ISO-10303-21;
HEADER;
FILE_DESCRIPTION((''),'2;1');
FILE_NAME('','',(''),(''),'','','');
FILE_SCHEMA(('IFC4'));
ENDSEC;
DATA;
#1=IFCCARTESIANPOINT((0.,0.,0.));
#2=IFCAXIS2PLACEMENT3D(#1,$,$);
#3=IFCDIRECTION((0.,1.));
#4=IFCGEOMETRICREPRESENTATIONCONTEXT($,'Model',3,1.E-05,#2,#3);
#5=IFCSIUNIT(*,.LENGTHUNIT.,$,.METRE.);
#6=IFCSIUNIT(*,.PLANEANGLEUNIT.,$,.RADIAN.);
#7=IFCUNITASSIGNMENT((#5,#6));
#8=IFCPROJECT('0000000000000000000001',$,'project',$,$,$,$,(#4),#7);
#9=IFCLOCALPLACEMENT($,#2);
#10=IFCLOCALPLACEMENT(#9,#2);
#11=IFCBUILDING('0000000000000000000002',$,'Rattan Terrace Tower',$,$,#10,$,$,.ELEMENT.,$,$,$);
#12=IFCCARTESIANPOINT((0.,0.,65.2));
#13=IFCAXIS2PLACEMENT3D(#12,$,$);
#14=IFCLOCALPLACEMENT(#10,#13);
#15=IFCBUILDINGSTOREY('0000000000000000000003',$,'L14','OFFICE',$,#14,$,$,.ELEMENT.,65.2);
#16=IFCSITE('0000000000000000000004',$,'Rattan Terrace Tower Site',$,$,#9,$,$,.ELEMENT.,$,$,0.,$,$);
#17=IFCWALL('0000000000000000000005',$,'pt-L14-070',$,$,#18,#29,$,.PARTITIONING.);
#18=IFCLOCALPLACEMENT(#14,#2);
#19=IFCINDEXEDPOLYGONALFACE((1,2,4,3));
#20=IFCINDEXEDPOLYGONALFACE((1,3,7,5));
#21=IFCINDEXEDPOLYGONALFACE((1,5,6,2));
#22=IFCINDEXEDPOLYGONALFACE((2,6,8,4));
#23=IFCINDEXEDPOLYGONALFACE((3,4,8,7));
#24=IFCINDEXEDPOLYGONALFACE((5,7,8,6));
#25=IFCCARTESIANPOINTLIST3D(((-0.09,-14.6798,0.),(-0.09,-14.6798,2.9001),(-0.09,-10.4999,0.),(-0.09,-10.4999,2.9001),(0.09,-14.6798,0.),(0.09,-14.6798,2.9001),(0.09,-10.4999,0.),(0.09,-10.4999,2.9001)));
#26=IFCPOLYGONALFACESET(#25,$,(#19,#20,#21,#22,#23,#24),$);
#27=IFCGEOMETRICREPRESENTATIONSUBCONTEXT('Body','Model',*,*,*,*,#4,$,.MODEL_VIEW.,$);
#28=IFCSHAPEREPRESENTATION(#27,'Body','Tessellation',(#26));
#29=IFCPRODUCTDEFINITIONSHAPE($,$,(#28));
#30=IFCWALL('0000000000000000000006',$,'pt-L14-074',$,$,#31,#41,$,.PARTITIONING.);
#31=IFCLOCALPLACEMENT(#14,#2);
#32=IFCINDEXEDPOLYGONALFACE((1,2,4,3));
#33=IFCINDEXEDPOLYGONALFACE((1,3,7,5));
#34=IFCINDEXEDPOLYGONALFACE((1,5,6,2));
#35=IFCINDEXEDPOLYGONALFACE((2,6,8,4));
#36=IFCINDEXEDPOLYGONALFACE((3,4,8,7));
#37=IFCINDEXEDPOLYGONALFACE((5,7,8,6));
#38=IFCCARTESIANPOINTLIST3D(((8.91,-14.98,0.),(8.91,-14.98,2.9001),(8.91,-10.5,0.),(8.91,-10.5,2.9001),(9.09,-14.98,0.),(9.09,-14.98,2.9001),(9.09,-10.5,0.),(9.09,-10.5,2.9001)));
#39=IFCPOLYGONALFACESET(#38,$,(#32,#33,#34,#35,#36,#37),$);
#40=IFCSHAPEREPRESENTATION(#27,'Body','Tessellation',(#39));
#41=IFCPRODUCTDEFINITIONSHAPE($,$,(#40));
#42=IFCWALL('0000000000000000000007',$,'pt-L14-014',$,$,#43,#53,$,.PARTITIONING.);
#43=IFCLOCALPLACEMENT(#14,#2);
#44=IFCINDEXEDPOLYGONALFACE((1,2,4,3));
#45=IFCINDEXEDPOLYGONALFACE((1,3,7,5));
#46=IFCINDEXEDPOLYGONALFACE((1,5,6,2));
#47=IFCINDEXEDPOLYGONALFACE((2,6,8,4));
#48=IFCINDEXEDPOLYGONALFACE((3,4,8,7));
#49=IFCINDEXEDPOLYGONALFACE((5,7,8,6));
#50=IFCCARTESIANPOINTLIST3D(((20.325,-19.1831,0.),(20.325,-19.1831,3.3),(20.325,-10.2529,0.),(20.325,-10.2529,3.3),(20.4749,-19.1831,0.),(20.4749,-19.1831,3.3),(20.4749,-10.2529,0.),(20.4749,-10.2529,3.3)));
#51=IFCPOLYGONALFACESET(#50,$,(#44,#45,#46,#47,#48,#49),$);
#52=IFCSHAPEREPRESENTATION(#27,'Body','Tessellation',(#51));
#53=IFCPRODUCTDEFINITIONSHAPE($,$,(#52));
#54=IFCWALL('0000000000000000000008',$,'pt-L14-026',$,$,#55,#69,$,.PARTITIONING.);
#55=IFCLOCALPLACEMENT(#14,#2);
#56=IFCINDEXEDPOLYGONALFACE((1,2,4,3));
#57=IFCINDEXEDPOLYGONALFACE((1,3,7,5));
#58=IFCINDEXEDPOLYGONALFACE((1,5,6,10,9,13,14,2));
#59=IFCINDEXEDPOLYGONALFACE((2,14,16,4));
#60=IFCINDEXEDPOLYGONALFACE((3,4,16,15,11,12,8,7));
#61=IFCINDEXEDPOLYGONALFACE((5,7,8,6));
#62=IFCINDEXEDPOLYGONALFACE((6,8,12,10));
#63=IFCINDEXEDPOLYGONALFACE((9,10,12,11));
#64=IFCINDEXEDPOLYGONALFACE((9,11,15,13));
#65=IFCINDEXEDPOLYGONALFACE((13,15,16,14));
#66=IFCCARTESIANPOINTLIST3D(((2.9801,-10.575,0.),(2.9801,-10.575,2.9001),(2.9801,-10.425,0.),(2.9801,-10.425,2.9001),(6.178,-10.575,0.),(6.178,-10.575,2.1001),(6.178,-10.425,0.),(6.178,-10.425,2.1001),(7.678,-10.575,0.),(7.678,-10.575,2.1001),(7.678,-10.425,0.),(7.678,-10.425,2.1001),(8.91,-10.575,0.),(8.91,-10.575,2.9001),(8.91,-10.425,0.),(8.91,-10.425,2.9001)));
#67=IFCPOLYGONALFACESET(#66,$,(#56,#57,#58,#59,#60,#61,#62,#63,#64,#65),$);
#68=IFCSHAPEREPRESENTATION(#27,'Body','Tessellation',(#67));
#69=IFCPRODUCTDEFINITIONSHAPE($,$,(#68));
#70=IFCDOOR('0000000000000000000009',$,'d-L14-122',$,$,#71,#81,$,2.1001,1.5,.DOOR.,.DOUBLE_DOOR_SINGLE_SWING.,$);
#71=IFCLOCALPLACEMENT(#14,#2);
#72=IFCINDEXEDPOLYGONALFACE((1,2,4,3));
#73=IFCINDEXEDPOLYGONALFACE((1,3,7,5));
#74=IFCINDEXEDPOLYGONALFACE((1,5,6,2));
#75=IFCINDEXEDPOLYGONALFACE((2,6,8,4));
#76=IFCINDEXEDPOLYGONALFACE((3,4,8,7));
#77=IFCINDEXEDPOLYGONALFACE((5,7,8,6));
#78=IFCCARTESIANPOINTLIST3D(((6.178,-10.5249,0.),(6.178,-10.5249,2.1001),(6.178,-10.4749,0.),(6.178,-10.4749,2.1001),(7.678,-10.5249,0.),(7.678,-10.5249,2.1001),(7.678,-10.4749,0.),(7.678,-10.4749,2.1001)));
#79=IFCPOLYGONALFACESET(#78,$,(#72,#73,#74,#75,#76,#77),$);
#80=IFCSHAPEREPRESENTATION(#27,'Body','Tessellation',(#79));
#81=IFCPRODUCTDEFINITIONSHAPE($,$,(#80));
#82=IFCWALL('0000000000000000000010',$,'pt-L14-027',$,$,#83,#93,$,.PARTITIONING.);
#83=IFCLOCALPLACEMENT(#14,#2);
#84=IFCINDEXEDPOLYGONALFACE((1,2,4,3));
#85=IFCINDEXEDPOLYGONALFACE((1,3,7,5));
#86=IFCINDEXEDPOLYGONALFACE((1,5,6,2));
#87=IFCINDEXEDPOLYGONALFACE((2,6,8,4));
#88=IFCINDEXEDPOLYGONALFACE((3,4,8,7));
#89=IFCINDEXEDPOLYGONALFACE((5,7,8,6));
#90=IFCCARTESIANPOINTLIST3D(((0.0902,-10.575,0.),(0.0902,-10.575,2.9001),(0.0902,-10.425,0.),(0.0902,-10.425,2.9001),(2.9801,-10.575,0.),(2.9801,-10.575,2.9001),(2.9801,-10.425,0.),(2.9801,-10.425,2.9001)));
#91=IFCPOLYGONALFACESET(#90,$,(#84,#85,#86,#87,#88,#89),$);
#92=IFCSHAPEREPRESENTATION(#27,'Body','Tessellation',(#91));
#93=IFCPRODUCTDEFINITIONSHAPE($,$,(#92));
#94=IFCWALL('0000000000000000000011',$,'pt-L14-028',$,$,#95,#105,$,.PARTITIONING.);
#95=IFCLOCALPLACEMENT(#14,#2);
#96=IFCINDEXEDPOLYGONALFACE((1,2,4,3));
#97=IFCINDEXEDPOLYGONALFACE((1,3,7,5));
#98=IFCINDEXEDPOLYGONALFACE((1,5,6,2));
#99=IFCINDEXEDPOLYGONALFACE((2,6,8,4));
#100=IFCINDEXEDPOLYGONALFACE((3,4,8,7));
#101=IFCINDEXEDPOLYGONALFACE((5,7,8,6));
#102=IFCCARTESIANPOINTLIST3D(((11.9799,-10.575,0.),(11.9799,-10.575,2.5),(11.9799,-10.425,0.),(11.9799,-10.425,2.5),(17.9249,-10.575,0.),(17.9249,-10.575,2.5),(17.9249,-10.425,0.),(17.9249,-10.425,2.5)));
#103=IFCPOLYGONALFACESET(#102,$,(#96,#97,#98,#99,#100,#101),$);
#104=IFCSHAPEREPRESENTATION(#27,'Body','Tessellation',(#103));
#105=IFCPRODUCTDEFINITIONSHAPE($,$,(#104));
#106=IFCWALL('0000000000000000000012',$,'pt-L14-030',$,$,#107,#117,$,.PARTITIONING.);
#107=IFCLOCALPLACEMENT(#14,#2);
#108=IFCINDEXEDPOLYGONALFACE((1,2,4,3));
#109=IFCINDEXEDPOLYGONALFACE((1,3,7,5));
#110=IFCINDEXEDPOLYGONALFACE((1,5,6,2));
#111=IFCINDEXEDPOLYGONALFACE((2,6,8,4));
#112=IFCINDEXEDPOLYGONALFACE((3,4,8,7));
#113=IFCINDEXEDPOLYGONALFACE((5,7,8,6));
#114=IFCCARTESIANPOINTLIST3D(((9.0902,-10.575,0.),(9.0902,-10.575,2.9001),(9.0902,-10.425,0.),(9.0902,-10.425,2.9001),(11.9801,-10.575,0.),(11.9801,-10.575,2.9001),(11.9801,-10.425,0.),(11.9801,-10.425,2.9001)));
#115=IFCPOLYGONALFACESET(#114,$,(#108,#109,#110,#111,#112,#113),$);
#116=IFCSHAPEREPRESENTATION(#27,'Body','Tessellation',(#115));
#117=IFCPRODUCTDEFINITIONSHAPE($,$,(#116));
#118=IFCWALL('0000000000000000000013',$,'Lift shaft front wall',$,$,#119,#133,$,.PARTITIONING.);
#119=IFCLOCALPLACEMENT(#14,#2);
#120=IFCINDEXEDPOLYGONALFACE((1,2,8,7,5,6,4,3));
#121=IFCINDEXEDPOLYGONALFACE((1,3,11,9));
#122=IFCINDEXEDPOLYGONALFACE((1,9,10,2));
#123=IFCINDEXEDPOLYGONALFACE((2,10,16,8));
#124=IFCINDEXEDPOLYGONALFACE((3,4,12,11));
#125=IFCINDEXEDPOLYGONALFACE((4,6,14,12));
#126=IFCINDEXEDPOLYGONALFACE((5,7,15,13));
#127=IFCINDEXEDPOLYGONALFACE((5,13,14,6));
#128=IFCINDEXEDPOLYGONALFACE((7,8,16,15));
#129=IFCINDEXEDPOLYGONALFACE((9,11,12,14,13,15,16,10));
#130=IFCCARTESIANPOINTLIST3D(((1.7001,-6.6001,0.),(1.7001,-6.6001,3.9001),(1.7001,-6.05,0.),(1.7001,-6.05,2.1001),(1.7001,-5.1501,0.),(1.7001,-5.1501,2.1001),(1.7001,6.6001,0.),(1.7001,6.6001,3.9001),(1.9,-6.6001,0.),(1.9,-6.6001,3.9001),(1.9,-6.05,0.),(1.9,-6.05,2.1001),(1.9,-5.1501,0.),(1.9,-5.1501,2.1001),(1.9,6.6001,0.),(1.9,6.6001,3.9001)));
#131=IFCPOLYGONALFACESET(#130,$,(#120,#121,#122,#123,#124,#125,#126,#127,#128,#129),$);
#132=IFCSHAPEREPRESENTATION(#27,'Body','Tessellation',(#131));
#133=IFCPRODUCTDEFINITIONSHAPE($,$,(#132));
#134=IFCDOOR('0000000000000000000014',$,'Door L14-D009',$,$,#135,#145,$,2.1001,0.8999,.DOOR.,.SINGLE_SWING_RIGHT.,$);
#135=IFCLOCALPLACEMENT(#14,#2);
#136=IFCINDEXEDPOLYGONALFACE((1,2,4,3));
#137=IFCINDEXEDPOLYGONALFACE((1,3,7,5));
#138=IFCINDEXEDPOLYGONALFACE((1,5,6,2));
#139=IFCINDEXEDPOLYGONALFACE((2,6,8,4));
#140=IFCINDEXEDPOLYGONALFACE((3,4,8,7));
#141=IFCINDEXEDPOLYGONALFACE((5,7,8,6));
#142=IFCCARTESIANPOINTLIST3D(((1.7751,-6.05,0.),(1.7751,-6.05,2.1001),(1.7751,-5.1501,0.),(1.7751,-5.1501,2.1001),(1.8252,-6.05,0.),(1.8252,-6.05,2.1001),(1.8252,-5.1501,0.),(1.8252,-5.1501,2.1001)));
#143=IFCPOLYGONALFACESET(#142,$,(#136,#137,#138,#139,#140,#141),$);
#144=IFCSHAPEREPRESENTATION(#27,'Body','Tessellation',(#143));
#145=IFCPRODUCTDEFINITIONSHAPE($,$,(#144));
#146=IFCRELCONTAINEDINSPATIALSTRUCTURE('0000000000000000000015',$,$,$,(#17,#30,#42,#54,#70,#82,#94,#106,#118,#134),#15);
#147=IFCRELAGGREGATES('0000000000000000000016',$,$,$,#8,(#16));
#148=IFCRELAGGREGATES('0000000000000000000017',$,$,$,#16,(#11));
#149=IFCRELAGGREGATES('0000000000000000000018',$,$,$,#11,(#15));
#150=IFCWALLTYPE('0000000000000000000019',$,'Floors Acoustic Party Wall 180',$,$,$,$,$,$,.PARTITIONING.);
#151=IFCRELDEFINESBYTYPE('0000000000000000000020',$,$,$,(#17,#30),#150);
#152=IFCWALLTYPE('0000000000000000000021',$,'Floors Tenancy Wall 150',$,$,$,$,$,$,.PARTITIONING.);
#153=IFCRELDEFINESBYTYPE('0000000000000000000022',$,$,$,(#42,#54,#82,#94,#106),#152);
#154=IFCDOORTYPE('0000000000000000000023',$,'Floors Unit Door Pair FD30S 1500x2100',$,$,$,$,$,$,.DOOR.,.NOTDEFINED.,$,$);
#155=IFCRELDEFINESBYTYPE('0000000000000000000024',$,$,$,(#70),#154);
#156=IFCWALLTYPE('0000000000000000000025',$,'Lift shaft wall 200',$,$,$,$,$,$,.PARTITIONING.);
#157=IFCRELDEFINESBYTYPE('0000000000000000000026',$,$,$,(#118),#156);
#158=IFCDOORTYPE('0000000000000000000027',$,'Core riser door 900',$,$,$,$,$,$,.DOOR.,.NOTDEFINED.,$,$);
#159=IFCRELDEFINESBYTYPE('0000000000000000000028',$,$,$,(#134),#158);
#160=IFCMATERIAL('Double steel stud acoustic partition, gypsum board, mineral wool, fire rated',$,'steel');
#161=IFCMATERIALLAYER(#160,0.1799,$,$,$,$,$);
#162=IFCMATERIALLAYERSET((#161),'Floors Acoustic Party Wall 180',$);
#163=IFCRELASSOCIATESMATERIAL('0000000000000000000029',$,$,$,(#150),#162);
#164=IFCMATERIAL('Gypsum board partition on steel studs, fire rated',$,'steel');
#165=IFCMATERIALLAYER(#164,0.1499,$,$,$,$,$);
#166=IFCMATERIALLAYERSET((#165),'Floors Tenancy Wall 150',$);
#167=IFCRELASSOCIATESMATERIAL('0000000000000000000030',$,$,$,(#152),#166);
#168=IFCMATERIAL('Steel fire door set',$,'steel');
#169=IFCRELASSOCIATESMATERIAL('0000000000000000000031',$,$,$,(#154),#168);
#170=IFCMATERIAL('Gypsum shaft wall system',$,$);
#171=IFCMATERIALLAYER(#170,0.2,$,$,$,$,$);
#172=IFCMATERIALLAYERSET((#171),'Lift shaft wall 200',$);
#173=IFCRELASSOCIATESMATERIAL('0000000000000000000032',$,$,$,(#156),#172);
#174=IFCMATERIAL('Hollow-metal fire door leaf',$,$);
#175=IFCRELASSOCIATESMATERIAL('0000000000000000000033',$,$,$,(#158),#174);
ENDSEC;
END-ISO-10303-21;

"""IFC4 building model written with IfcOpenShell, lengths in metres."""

from ifc_helpers import new_model, si_unit, direction, frame, frame_2d, origin, place, context, subcontext, project, spatial, rectangle, extrude, material, layer, layer_set, type_object, element, fill, save


model = new_model("IFC4")

# Units and contexts
model_context = context("Model", 3, precision=1e-05, world=origin(), true_north=direction((0.0, 1.0)))
body_context = subcontext(model_context, "Body", "Model", "MODEL_VIEW")
ifc_project = project(units=[si_unit("LENGTHUNIT", "METRE"), si_unit("PLANEANGLEUNIT", "RADIAN")], contexts=[model_context])

# Site, building, storey
site_placement = place(None, origin())
site = spatial("IfcSite", under=ifc_project, at=site_placement, Name="Rattan Terrace Tower Site", CompositionType="ELEMENT", RefElevation=0.0)
building_placement = place(site_placement, origin())
building = spatial("IfcBuilding", under=site, at=building_placement, Name="Rattan Terrace Tower", CompositionType="ELEMENT")
storey_placement = place(building_placement, frame((0.0, 0.0, 65.2)))
storey = spatial("IfcBuildingStorey", under=building, at=storey_placement, Name="L14", Description="OFFICE", CompositionType="ELEMENT", Elevation=65.2)

# Walls
ifc_material_1 = material(Name="Double steel stud acoustic partition, gypsum board, mineral wool, fire rated", Category="steel")
ifc_layer_1 = layer(ifc_material_1, 0.1799)
ifc_layer_set_1 = layer_set([ifc_layer_1], Name="Floors Acoustic Party Wall 180")
wall_type_1 = type_object("IfcWallType", Name="Floors Acoustic Party Wall 180", PredefinedType="PARTITIONING", material=ifc_layer_set_1)
wall_1_placement = place(storey_placement, frame((0.0, -10.5, 0.0), z_axis=(0.0, 0.0, 1.0), x_axis=(0.0, -1.0, 0.0)))
element("IfcWall", 1, at=wall_1_placement, inside=storey, type_object=wall_type_1, Name="pt-L14-070", PredefinedType="PARTITIONING", context=body_context, shape_type="SweptSolid", body=[
    extrude(rectangle(XDim=4.1799, YDim=0.1799, at=frame_2d((2.0898, 0.0))), origin(), (0.0, 0.0, 1.0), 2.9001),
])
wall_2_placement = place(storey_placement, frame((9.0, -10.5, 0.0), z_axis=(0.0, 0.0, 1.0), x_axis=(0.0, -1.0, 0.0)))
element("IfcWall", 2, at=wall_2_placement, inside=storey, type_object=wall_type_1, Name="pt-L14-074", PredefinedType="PARTITIONING", context=body_context, shape_type="SweptSolid", body=[
    extrude(rectangle(XDim=4.48, YDim=0.1799, at=frame_2d((2.24, 0.0))), origin(), (0.0, 0.0, 1.0), 2.9001),
])
ifc_material_2 = material(Name="Gypsum board partition on steel studs, fire rated", Category="steel")
ifc_layer_2 = layer(ifc_material_2, 0.1499)
ifc_layer_set_2 = layer_set([ifc_layer_2], Name="Floors Tenancy Wall 150")
wall_type_2 = type_object("IfcWallType", Name="Floors Tenancy Wall 150", PredefinedType="PARTITIONING", material=ifc_layer_set_2)
wall_3_placement = place(storey_placement, frame((20.3999, -10.2529, 0.0), z_axis=(0.0, 0.0, 1.0), x_axis=(0.0, -1.0, 0.0)))
element("IfcWall", 3, at=wall_3_placement, inside=storey, type_object=wall_type_2, Name="pt-L14-014", PredefinedType="PARTITIONING", context=body_context, shape_type="SweptSolid", body=[
    extrude(rectangle(XDim=8.9302, YDim=0.1499, at=frame_2d((4.4651, 0.0))), origin(), (0.0, 0.0, 1.0), 3.3),
])

# Wall, opening, door
wall_4_placement = place(storey_placement, frame((8.9099, -10.5, 0.0), z_axis=(0.0, 0.0, 1.0), x_axis=(-1.0, 0.0, 0.0)))
wall_4 = element("IfcWall", 4, at=wall_4_placement, inside=storey, type_object=wall_type_2, Name="pt-L14-026", PredefinedType="PARTITIONING", context=body_context, shape_type="SweptSolid", body=[
    extrude(rectangle(XDim=5.9299, YDim=0.1499, at=frame_2d((2.9648, 0.0))), origin(), (0.0, 0.0, 1.0), 2.9001),
])
opening_1_placement = place(wall_4_placement, frame((1.2319, 0.0, 0.0)))
opening_1 = element("IfcOpeningElement", 5, at=opening_1_placement, cuts=wall_4, PredefinedType="OPENING", context=body_context, shape_type="SweptSolid", body=[
    extrude(rectangle(XDim=1.5, YDim=2.1001, at=frame_2d((0.75, 1.05))), frame((0.0, 0.0854, 0.0), z_axis=(0.0, -1.0, 0.0), x_axis=(1.0, 0.0, 0.0)), (0.0, 0.0, 1.0), 0.1709),
])
ifc_material_3 = material(Name="Steel fire door set", Category="steel")
door_type_1 = type_object("IfcDoorType", Name="Floors Unit Door Pair FD30S 1500x2100", OperationType="NOTDEFINED", PredefinedType="DOOR", material=ifc_material_3)
door_1_placement = place(opening_1_placement, origin())
door_1 = element("IfcDoor", 6, at=door_1_placement, inside=storey, type_object=door_type_1, Name="d-L14-122", OperationType="DOUBLE_DOOR_SINGLE_SWING", OverallHeight=2.1001, OverallWidth=1.5, PredefinedType="DOOR", context=body_context, shape_type="SweptSolid", body=[
    extrude(rectangle(XDim=1.5, YDim=2.1001, at=frame_2d((0.75, 1.05))), frame((0.0, 0.0249, 0.0), z_axis=(0.0, -1.0, 0.0), x_axis=(1.0, 0.0, 0.0)), (0.0, 0.0, 1.0), 0.05),
])
fill(opening_1, door_1)

# Walls
wall_5_placement = place(storey_placement, frame((2.98, -10.5, 0.0), z_axis=(0.0, 0.0, 1.0), x_axis=(-1.0, 0.0, 0.0)))
element("IfcWall", 7, at=wall_5_placement, inside=storey, type_object=wall_type_2, Name="pt-L14-027", PredefinedType="PARTITIONING", context=body_context, shape_type="SweptSolid", body=[
    extrude(rectangle(XDim=2.8899, YDim=0.1499, at=frame_2d((1.4448, 0.0))), origin(), (0.0, 0.0, 1.0), 2.9001),
])
wall_6_placement = place(storey_placement, frame((17.925, -10.5, 0.0), z_axis=(0.0, 0.0, 1.0), x_axis=(-1.0, 0.0, 0.0)))
element("IfcWall", 8, at=wall_6_placement, inside=storey, type_object=wall_type_2, Name="pt-L14-028", PredefinedType="PARTITIONING", context=body_context, shape_type="SweptSolid", body=[
    extrude(rectangle(XDim=5.9451, YDim=0.1499, at=frame_2d((2.9727, 0.0))), origin(), (0.0, 0.0, 1.0), 2.5),
])
wall_7_placement = place(storey_placement, frame((11.98, -10.5, 0.0), z_axis=(0.0, 0.0, 1.0), x_axis=(-1.0, 0.0, 0.0)))
element("IfcWall", 9, at=wall_7_placement, inside=storey, type_object=wall_type_2, Name="pt-L14-030", PredefinedType="PARTITIONING", context=body_context, shape_type="SweptSolid", body=[
    extrude(rectangle(XDim=2.8899, YDim=0.1499, at=frame_2d((1.4448, 0.0))), origin(), (0.0, 0.0, 1.0), 2.9001),
])

# Wall, opening, door
ifc_material_4 = material(Name="Gypsum shaft wall system")
ifc_layer_3 = layer(ifc_material_4, 0.2)
ifc_layer_set_3 = layer_set([ifc_layer_3], Name="Lift shaft wall 200")
wall_type_3 = type_object("IfcWallType", Name="Lift shaft wall 200", PredefinedType="PARTITIONING", material=ifc_layer_set_3)
wall_8_placement = place(storey_placement, frame((1.8, -6.6001, 0.0), z_axis=(0.0, 0.0, 1.0), x_axis=(0.0, 1.0, 0.0)))
wall_8 = element("IfcWall", 10, at=wall_8_placement, inside=storey, type_object=wall_type_3, Name="Lift shaft front wall", PredefinedType="PARTITIONING", context=body_context, shape_type="SweptSolid", body=[
    extrude(rectangle(XDim=13.2002, YDim=0.2, at=frame_2d((6.6001, 0.0))), origin(), (0.0, 0.0, 1.0), 3.9001),
])
opening_2_placement = place(wall_8_placement, frame((0.55, 0.0, 0.0)))
opening_2 = element("IfcOpeningElement", 11, at=opening_2_placement, cuts=wall_8, PredefinedType="OPENING", context=body_context, shape_type="SweptSolid", body=[
    extrude(rectangle(XDim=0.8999, YDim=2.1001, at=frame_2d((0.45, 1.05))), frame((0.0, 0.1106, 0.0), z_axis=(0.0, -1.0, 0.0), x_axis=(1.0, 0.0, 0.0)), (0.0, 0.0, 1.0), 0.2209),
])
ifc_material_5 = material(Name="Hollow-metal fire door leaf")
door_type_2 = type_object("IfcDoorType", Name="Core riser door 900", OperationType="NOTDEFINED", PredefinedType="DOOR", material=ifc_material_5)
door_2_placement = place(opening_2_placement, origin())
door_2 = element("IfcDoor", 12, at=door_2_placement, inside=storey, type_object=door_type_2, Name="Door L14-D009", OperationType="SINGLE_SWING_RIGHT", OverallHeight=2.1001, OverallWidth=0.8999, PredefinedType="DOOR", context=body_context, shape_type="SweptSolid", body=[
    extrude(rectangle(XDim=0.8999, YDim=2.1001, at=frame_2d((0.45, 1.05))), frame((0.0, 0.0249, 0.0), z_axis=(0.0, -1.0, 0.0), x_axis=(1.0, 0.0, 0.0)), (0.0, 0.0, 1.0), 0.05),
])
fill(opening_2, door_2)

save(model, "model.ifc")
